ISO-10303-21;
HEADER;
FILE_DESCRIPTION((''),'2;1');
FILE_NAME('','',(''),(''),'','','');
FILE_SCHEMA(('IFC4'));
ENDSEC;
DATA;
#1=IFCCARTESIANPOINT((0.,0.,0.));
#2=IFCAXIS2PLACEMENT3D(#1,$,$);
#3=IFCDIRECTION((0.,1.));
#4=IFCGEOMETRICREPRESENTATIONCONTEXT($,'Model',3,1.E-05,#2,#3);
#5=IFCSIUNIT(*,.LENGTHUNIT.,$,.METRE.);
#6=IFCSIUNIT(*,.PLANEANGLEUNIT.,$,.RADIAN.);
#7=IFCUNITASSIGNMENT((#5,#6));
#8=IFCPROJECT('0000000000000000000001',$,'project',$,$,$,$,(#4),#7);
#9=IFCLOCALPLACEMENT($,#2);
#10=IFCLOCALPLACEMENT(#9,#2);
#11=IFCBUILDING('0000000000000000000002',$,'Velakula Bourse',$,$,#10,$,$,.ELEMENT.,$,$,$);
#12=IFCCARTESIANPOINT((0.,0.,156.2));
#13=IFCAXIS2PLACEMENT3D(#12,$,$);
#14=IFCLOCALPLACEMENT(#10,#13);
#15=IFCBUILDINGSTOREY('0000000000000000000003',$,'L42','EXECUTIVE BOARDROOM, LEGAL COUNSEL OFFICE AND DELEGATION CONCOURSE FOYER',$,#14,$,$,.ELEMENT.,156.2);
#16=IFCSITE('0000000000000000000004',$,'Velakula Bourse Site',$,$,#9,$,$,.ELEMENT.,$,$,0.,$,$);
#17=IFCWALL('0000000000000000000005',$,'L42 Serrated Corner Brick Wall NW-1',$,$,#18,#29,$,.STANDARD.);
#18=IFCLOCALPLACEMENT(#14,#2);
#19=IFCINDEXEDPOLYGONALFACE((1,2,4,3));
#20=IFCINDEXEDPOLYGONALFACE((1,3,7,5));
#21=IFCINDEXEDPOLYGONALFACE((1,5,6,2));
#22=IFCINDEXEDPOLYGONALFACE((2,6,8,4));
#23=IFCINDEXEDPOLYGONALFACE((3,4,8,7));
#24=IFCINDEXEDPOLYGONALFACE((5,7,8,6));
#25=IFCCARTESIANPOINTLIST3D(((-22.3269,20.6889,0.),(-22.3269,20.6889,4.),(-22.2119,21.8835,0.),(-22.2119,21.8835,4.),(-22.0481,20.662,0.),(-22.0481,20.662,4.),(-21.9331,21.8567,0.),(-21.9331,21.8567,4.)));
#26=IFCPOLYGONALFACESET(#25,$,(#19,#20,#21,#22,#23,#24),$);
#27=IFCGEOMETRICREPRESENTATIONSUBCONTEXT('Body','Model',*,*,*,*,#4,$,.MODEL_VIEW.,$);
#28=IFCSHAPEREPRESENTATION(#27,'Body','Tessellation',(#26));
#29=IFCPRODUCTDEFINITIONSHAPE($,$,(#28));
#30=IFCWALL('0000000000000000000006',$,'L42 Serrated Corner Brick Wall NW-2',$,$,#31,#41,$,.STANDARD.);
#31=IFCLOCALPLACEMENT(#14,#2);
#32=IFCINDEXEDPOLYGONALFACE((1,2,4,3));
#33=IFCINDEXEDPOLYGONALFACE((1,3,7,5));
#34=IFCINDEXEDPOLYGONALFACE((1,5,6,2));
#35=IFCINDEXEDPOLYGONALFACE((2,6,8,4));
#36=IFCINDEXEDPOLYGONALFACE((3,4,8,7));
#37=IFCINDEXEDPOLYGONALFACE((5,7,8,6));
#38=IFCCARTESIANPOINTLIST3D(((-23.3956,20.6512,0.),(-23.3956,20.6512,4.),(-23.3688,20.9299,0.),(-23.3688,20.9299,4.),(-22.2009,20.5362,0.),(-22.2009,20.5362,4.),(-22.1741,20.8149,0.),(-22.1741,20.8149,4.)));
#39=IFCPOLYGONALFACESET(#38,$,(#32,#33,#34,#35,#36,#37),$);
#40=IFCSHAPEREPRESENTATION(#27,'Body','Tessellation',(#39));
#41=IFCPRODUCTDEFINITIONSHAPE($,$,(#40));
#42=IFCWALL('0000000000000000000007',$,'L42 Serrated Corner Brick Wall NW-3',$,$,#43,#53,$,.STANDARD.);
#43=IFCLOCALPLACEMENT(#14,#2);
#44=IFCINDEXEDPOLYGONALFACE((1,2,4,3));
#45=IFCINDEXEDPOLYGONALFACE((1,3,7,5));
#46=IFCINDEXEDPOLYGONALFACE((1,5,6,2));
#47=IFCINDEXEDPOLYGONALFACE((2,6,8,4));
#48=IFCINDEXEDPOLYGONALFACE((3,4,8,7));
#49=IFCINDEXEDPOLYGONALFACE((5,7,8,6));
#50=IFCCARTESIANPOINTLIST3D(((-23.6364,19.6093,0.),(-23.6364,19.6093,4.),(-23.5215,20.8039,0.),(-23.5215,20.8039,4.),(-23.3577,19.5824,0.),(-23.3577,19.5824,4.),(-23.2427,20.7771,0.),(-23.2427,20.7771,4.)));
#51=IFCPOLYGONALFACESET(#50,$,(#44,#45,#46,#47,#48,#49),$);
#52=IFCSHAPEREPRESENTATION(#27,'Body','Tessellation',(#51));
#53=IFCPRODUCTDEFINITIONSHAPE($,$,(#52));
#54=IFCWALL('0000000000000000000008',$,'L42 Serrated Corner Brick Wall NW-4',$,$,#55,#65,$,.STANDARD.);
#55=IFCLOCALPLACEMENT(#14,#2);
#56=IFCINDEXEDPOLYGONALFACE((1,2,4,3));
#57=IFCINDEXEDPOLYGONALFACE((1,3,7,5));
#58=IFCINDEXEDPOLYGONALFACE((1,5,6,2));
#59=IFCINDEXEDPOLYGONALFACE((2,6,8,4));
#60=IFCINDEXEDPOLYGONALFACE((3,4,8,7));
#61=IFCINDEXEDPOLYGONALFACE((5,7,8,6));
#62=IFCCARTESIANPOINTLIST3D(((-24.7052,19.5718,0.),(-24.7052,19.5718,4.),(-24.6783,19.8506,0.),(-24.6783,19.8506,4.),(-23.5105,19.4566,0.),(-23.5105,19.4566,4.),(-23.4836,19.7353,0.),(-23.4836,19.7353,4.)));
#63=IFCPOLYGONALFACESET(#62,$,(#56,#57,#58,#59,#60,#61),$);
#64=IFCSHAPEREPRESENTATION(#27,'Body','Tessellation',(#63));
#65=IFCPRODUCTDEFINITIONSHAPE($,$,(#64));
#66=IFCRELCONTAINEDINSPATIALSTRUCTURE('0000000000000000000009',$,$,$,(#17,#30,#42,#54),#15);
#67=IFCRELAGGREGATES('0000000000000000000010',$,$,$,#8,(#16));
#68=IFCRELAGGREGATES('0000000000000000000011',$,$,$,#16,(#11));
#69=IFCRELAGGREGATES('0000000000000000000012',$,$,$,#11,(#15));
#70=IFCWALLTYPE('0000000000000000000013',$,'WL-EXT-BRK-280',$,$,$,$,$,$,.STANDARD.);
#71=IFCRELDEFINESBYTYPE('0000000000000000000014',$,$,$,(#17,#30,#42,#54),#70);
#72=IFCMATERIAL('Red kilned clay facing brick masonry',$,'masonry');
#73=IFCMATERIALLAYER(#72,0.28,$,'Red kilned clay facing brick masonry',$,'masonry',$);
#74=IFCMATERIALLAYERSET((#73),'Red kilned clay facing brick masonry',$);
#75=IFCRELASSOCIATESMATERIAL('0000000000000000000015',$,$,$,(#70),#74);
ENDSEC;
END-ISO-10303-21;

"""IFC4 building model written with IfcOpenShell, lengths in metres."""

from ifc_helpers import new_model, si_unit, direction, frame, frame_2d, origin, place, context, subcontext, project, spatial, rectangle, extrude, material, layer, layer_set, type_object, element, save


model = new_model("IFC4")

# Units and contexts
model_context = context("Model", 3, precision=1e-05, world=origin(), true_north=direction((0.0, 1.0)))
body_context = subcontext(model_context, "Body", "Model", "MODEL_VIEW")
ifc_project = project(units=[si_unit("LENGTHUNIT", "METRE"), si_unit("PLANEANGLEUNIT", "RADIAN")], contexts=[model_context])

# Site, building, storey
site_placement = place(None, origin())
site = spatial("IfcSite", under=ifc_project, at=site_placement, Name="Velakula Bourse Site", CompositionType="ELEMENT", RefElevation=0.0)
building_placement = place(site_placement, origin())
building = spatial("IfcBuilding", under=site, at=building_placement, Name="Velakula Bourse", CompositionType="ELEMENT")
storey_placement = place(building_placement, frame((0.0, 0.0, 156.2)))
storey = spatial("IfcBuildingStorey", under=building, at=storey_placement, Name="L42", Description="EXECUTIVE BOARDROOM, LEGAL COUNSEL OFFICE AND DELEGATION CONCOURSE FOYER", CompositionType="ELEMENT", Elevation=156.2)

# Shared definitions
ifc_material_1 = material(Name="Red kilned clay facing brick masonry", Category="masonry")
ifc_layer = layer(ifc_material_1, 0.28, Name="Red kilned clay facing brick masonry", Category="masonry")
ifc_layer_set = layer_set([ifc_layer], Name="Red kilned clay facing brick masonry")
wall_type = type_object("IfcWallType", Name="WL-EXT-BRK-280", PredefinedType="STANDARD", material=ifc_layer_set)

# Walls
for number, where, z_axis, x_axis, name in (
    (1, (-22.0725, 21.8701, 0.0), (0.0, 0.0, 1.0), (-0.095817, -0.995399, 0.0), "L42 Serrated Corner Brick Wall NW-1"),
    (2, (-22.1875, 20.6755, 0.0), (0.0, 0.0, 1.0), (-0.995399, 0.095817, 0.0), "L42 Serrated Corner Brick Wall NW-2"),
    (3, (-23.3821, 20.7905, 0.0), (0.0, 0.0, 1.0), (-0.095817, -0.995399, 0.0), "L42 Serrated Corner Brick Wall NW-3"),
    (4, (-23.4971, 19.5959, 0.0), (0.0, 0.0, 1.0), (-0.99538, 0.096019, 0.0), "L42 Serrated Corner Brick Wall NW-4"),
):
    element("IfcWall", number, at=place(storey_placement, frame(where, z_axis=z_axis, x_axis=x_axis)), inside=storey, type_object=wall_type, Name=name, PredefinedType="STANDARD", context=body_context, shape_type="SweptSolid", body=[
        extrude(rectangle(XDim=1.2002, YDim=0.28, at=frame_2d((0.6001, 0.0))), origin(), (0.0, 0.0, 1.0), 4.0),
    ])

save(model, "model.ifc")
